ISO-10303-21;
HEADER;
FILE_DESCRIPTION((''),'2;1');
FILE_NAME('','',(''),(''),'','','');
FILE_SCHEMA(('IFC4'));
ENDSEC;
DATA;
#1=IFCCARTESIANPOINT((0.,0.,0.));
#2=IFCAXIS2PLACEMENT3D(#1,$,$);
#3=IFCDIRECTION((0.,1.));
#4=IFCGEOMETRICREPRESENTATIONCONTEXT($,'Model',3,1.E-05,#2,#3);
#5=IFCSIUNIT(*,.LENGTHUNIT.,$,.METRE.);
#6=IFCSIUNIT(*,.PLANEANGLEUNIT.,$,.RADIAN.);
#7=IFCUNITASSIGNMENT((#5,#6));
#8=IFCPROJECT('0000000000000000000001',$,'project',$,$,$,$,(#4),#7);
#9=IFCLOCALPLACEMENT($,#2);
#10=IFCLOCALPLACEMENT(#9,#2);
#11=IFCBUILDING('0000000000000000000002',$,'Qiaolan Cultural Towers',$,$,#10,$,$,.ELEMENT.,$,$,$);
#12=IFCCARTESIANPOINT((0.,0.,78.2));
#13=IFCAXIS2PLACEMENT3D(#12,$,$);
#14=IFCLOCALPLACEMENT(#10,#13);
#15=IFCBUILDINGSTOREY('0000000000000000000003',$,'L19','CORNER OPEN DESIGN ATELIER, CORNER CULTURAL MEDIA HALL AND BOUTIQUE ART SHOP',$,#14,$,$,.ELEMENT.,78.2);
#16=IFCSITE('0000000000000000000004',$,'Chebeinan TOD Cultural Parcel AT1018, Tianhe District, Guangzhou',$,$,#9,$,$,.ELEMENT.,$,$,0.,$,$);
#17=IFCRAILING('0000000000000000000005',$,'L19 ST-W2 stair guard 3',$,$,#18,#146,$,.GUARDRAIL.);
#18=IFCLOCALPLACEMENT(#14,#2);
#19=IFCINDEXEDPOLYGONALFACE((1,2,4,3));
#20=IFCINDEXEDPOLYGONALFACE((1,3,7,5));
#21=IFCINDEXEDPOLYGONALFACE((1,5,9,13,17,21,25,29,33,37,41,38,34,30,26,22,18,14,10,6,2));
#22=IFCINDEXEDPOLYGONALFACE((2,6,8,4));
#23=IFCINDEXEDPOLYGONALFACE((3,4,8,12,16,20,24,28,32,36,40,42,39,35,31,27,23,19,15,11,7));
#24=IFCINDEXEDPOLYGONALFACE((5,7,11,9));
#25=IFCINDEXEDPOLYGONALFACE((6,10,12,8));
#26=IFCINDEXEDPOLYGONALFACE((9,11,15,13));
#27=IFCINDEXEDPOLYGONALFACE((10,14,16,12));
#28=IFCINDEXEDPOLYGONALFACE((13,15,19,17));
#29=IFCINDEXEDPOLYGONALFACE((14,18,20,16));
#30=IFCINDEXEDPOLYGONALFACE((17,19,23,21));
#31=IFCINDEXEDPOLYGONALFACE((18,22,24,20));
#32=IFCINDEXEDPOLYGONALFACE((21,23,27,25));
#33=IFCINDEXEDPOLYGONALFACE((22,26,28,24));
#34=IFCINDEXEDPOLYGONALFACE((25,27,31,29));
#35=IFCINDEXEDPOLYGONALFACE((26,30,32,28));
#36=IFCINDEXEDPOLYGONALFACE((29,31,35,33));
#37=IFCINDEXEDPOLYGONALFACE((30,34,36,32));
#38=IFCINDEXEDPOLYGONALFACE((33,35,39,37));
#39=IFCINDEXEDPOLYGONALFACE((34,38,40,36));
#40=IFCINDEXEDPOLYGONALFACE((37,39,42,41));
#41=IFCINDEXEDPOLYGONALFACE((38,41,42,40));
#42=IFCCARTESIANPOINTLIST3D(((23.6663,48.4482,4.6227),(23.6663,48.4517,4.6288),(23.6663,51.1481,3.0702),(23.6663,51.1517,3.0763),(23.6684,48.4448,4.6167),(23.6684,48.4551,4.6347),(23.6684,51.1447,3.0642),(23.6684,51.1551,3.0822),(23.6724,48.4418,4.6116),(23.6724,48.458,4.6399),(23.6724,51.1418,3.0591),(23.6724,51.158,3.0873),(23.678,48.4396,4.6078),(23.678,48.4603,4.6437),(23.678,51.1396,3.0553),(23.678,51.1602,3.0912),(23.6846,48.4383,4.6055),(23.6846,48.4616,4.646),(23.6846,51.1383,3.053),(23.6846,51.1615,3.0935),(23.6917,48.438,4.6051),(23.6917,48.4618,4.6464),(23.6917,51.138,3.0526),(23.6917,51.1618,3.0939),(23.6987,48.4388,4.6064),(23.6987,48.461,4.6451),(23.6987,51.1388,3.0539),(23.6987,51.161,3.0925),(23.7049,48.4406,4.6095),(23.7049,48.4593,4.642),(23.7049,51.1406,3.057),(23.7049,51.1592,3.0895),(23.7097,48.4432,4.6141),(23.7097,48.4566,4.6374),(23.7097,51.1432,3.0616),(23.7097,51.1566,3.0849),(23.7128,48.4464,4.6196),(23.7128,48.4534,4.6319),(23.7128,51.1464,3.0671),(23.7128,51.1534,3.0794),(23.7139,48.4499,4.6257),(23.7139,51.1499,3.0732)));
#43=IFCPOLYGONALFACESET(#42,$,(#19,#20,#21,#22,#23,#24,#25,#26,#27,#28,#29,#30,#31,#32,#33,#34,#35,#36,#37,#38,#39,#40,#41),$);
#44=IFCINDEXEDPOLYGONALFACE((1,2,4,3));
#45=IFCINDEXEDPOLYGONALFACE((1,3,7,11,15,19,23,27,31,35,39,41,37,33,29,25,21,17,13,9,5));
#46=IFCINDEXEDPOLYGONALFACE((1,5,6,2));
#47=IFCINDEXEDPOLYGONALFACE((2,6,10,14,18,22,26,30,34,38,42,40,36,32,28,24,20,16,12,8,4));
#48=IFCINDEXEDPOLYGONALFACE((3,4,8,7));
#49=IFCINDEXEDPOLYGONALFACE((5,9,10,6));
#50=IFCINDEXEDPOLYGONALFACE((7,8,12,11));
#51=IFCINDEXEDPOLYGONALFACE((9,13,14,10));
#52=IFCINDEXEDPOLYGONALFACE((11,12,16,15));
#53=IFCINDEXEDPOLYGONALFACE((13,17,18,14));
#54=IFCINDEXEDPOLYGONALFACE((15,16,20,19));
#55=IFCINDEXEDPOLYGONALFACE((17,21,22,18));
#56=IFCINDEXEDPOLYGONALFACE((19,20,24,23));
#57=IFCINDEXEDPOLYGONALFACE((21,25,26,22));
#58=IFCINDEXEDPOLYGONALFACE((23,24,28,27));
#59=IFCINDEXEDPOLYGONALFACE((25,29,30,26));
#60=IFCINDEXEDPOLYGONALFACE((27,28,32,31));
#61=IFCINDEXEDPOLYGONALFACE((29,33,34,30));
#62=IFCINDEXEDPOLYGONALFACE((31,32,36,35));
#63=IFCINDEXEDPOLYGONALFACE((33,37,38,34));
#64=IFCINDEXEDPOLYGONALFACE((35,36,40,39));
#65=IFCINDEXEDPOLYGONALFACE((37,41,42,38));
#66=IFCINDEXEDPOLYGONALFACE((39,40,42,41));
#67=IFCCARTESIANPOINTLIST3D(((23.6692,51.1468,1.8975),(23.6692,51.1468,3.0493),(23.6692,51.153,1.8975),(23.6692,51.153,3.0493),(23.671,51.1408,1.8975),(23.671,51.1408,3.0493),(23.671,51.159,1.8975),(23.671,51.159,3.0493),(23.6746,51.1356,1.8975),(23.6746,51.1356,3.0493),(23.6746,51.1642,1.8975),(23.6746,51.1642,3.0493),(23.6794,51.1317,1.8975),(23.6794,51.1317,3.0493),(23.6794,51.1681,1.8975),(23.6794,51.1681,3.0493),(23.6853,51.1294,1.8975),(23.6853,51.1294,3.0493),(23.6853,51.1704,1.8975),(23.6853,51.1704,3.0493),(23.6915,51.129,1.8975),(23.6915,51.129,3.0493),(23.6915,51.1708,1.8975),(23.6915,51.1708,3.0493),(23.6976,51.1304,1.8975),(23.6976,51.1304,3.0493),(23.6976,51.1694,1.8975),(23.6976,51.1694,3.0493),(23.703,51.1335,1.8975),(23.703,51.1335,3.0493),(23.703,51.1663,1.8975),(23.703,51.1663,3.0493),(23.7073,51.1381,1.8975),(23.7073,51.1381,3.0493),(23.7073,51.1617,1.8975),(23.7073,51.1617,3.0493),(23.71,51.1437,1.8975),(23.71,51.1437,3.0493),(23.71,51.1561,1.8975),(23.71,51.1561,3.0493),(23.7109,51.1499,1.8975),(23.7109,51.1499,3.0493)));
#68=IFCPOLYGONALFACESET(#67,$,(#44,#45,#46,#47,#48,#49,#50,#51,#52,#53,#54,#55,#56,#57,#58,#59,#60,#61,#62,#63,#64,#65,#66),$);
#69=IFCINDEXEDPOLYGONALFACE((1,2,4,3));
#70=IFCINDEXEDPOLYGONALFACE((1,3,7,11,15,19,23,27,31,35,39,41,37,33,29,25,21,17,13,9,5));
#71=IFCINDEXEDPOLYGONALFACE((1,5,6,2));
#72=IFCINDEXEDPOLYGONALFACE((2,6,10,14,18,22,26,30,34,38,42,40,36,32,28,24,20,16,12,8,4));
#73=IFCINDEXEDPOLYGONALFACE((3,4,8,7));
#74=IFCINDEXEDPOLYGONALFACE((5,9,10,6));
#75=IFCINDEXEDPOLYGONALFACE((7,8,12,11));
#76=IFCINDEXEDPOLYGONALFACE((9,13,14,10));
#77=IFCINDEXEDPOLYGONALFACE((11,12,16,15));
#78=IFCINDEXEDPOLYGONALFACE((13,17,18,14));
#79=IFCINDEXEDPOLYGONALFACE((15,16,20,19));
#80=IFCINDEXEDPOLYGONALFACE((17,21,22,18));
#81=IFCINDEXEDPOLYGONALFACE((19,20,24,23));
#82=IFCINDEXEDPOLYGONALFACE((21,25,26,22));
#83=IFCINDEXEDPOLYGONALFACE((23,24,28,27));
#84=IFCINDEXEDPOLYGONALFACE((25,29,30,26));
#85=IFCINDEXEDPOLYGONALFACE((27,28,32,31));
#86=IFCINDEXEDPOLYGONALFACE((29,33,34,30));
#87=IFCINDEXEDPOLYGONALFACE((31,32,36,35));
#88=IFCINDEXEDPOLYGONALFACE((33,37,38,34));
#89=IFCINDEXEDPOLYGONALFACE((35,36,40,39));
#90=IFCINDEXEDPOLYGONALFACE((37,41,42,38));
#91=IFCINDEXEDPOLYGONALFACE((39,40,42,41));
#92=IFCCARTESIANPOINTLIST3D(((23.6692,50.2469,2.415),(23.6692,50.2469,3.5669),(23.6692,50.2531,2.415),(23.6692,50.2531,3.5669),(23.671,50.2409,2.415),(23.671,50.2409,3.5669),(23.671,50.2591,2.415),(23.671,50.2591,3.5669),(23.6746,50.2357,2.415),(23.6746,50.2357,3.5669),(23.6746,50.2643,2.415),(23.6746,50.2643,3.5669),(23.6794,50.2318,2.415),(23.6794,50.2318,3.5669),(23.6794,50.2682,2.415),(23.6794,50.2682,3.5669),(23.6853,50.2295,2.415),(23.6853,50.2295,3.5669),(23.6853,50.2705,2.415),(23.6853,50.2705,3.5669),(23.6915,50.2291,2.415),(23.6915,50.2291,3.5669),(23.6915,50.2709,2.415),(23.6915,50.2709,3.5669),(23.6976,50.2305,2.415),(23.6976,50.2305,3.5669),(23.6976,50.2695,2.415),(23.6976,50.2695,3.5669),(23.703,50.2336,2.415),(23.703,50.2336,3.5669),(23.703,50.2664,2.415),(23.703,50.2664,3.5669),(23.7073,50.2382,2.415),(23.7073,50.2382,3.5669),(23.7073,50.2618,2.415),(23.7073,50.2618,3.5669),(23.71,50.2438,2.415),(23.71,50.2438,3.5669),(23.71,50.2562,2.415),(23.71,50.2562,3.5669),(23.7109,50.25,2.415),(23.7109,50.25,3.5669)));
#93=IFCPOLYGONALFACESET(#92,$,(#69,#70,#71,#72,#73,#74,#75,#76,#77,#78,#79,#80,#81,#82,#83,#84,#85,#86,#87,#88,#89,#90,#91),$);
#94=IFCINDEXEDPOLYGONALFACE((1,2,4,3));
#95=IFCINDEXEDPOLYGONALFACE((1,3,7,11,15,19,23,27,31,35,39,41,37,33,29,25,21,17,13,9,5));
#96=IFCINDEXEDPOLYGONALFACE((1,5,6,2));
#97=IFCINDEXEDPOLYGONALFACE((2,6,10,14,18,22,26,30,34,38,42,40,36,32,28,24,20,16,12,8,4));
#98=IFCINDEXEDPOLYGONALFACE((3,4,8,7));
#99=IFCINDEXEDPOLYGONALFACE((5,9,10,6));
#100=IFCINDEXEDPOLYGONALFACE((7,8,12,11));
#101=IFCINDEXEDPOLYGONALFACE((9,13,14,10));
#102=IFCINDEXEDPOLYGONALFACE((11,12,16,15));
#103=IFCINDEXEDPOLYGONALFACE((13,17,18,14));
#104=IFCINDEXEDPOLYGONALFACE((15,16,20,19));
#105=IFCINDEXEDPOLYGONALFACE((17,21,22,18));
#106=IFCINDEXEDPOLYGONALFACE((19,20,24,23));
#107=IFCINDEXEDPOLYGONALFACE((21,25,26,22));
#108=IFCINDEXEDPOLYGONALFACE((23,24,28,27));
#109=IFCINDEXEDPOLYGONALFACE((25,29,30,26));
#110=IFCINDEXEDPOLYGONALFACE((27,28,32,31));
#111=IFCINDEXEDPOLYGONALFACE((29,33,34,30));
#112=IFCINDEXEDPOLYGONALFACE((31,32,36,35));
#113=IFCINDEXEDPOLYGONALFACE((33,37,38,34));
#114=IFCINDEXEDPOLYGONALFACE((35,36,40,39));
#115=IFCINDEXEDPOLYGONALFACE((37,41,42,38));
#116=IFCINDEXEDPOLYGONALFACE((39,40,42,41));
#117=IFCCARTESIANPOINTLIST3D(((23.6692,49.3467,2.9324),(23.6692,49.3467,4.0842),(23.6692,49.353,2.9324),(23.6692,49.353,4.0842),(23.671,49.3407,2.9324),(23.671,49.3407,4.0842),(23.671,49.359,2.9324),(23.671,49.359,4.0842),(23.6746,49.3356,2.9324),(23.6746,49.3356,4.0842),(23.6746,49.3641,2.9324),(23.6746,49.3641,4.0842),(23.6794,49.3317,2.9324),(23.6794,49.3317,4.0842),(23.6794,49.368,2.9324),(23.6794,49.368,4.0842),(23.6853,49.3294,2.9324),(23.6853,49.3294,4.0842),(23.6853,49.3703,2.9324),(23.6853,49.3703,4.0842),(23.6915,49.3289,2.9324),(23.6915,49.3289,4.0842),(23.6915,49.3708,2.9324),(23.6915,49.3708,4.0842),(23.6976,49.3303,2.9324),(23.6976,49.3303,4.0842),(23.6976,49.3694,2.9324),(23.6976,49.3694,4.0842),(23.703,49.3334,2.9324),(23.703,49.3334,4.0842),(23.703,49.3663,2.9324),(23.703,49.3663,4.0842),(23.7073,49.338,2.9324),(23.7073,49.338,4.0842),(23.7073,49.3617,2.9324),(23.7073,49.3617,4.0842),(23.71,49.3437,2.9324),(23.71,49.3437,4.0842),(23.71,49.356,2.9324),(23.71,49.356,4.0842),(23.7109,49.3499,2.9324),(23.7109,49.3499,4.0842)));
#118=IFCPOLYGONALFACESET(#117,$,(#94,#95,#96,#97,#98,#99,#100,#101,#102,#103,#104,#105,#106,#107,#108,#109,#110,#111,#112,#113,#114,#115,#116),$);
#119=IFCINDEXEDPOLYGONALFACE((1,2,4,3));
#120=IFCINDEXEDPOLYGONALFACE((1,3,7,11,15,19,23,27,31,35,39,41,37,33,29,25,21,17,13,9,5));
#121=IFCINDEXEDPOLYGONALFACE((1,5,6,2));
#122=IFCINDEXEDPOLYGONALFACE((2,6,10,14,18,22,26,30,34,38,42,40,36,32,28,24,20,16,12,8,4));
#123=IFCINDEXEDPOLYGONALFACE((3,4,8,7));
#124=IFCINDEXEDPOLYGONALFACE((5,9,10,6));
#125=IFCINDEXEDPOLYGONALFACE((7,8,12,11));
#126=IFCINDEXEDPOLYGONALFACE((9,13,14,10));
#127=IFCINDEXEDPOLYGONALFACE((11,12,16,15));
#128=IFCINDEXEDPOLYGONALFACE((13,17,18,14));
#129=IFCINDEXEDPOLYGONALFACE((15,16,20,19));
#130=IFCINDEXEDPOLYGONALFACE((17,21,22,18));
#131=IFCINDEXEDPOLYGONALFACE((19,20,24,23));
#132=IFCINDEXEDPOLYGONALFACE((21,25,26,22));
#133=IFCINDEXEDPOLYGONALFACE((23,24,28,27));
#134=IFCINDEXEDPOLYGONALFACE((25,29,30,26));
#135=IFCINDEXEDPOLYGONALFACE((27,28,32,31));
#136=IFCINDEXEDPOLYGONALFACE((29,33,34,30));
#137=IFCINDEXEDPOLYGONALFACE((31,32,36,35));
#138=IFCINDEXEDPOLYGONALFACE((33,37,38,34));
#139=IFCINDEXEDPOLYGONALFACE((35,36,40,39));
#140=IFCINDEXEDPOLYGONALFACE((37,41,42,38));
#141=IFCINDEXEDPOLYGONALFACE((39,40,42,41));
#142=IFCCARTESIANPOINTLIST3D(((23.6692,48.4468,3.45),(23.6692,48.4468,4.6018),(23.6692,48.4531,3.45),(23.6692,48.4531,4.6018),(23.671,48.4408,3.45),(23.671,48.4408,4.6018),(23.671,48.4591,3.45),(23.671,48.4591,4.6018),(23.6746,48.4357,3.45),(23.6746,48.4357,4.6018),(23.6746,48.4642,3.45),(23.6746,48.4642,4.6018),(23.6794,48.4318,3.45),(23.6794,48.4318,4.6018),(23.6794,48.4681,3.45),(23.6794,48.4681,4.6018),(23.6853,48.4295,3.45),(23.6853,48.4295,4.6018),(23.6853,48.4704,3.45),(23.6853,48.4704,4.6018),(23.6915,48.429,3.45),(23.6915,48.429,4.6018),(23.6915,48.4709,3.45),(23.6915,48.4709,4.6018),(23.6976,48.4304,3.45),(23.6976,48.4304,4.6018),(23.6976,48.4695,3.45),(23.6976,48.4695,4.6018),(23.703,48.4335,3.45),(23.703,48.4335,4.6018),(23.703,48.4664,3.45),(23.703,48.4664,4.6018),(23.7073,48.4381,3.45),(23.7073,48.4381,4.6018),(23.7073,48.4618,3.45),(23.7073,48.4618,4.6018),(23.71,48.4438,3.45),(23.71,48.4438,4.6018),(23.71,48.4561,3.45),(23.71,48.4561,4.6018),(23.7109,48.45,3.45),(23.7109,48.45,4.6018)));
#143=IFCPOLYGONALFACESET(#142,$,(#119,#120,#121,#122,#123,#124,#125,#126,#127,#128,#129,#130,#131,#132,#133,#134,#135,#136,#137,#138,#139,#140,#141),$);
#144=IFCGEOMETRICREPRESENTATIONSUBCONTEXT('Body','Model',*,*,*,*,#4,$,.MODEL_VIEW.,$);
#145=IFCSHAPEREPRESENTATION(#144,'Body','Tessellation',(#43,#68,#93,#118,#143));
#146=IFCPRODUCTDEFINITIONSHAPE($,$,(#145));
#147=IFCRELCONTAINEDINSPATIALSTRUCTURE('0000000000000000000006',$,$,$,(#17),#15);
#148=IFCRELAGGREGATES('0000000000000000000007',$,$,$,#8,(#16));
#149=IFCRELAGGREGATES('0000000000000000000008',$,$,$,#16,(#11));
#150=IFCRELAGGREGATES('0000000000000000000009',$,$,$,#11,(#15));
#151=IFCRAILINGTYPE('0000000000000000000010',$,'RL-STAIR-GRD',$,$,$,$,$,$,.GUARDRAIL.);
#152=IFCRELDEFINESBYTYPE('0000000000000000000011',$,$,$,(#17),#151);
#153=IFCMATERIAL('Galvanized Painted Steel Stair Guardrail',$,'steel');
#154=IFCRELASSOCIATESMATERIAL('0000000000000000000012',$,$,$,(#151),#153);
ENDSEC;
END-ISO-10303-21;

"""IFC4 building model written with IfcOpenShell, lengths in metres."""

from ifc_helpers import new_model, si_unit, direction, frame, origin, origin_2d, place, context, subcontext, project, spatial, circle, extrude, material, type_object, element, save


model = new_model("IFC4")

# Units and contexts
model_context = context("Model", 3, precision=1e-05, world=origin(), true_north=direction((0.0, 1.0)))
body_context = subcontext(model_context, "Body", "Model", "MODEL_VIEW")
ifc_project = project(units=[si_unit("LENGTHUNIT", "METRE"), si_unit("PLANEANGLEUNIT", "RADIAN")], contexts=[model_context])

# Site, building, storey
site_placement = place(None, origin())
site = spatial("IfcSite", under=ifc_project, at=site_placement, Name="Chebeinan TOD Cultural Parcel AT1018, Tianhe District, Guangzhou", CompositionType="ELEMENT", RefElevation=0.0)
building_placement = place(site_placement, origin())
building = spatial("IfcBuilding", under=site, at=building_placement, Name="Qiaolan Cultural Towers", CompositionType="ELEMENT")
storey_placement = place(building_placement, frame((0.0, 0.0, 78.2)))
storey = spatial("IfcBuildingStorey", under=building, at=storey_placement, Name="L19", Description="CORNER OPEN DESIGN ATELIER, CORNER CULTURAL MEDIA HALL AND BOUTIQUE ART SHOP", CompositionType="ELEMENT", Elevation=78.2)

# Railing
ifc_material_1 = material(Name="Galvanized Painted Steel Stair Guardrail", Category="steel")
railing_type_1 = type_object("IfcRailingType", Name="RL-STAIR-GRD", PredefinedType="GUARDRAIL", material=ifc_material_1)
railing_1_placement = place(storey_placement, frame((23.6899, 51.1499, 1.8975)))
element("IfcRailing", 1, at=railing_1_placement, inside=storey, type_object=railing_type_1, Name="L19 ST-W2 stair guard 3", PredefinedType="GUARDRAIL", context=body_context, shape_type="SweptSolid", body=[
    extrude(circle(Radius=0.0239, at=origin_2d()), frame((0.0, 0.0, 1.1758), z_axis=(0.0, -0.866904, 0.498476), x_axis=(1.0, 0.0, 0.0)), (0.0, 0.0, 1.0), 3.1145),
    extrude(circle(Radius=0.021, at=origin_2d()), origin(), (0.0, 0.0, 1.0), 1.1519),
    extrude(circle(Radius=0.021, at=origin_2d()), frame((0.0, -0.8999, 0.5176)), (0.0, 0.0, 1.0), 1.1519),
    extrude(circle(Radius=0.021, at=origin_2d()), frame((0.0, -1.8, 1.0349)), (0.0, 0.0, 1.0), 1.1519),
    extrude(circle(Radius=0.021, at=origin_2d()), frame((0.0, -2.7, 1.5525)), (0.0, 0.0, 1.0), 1.1519),
])

save(model, "model.ifc")
